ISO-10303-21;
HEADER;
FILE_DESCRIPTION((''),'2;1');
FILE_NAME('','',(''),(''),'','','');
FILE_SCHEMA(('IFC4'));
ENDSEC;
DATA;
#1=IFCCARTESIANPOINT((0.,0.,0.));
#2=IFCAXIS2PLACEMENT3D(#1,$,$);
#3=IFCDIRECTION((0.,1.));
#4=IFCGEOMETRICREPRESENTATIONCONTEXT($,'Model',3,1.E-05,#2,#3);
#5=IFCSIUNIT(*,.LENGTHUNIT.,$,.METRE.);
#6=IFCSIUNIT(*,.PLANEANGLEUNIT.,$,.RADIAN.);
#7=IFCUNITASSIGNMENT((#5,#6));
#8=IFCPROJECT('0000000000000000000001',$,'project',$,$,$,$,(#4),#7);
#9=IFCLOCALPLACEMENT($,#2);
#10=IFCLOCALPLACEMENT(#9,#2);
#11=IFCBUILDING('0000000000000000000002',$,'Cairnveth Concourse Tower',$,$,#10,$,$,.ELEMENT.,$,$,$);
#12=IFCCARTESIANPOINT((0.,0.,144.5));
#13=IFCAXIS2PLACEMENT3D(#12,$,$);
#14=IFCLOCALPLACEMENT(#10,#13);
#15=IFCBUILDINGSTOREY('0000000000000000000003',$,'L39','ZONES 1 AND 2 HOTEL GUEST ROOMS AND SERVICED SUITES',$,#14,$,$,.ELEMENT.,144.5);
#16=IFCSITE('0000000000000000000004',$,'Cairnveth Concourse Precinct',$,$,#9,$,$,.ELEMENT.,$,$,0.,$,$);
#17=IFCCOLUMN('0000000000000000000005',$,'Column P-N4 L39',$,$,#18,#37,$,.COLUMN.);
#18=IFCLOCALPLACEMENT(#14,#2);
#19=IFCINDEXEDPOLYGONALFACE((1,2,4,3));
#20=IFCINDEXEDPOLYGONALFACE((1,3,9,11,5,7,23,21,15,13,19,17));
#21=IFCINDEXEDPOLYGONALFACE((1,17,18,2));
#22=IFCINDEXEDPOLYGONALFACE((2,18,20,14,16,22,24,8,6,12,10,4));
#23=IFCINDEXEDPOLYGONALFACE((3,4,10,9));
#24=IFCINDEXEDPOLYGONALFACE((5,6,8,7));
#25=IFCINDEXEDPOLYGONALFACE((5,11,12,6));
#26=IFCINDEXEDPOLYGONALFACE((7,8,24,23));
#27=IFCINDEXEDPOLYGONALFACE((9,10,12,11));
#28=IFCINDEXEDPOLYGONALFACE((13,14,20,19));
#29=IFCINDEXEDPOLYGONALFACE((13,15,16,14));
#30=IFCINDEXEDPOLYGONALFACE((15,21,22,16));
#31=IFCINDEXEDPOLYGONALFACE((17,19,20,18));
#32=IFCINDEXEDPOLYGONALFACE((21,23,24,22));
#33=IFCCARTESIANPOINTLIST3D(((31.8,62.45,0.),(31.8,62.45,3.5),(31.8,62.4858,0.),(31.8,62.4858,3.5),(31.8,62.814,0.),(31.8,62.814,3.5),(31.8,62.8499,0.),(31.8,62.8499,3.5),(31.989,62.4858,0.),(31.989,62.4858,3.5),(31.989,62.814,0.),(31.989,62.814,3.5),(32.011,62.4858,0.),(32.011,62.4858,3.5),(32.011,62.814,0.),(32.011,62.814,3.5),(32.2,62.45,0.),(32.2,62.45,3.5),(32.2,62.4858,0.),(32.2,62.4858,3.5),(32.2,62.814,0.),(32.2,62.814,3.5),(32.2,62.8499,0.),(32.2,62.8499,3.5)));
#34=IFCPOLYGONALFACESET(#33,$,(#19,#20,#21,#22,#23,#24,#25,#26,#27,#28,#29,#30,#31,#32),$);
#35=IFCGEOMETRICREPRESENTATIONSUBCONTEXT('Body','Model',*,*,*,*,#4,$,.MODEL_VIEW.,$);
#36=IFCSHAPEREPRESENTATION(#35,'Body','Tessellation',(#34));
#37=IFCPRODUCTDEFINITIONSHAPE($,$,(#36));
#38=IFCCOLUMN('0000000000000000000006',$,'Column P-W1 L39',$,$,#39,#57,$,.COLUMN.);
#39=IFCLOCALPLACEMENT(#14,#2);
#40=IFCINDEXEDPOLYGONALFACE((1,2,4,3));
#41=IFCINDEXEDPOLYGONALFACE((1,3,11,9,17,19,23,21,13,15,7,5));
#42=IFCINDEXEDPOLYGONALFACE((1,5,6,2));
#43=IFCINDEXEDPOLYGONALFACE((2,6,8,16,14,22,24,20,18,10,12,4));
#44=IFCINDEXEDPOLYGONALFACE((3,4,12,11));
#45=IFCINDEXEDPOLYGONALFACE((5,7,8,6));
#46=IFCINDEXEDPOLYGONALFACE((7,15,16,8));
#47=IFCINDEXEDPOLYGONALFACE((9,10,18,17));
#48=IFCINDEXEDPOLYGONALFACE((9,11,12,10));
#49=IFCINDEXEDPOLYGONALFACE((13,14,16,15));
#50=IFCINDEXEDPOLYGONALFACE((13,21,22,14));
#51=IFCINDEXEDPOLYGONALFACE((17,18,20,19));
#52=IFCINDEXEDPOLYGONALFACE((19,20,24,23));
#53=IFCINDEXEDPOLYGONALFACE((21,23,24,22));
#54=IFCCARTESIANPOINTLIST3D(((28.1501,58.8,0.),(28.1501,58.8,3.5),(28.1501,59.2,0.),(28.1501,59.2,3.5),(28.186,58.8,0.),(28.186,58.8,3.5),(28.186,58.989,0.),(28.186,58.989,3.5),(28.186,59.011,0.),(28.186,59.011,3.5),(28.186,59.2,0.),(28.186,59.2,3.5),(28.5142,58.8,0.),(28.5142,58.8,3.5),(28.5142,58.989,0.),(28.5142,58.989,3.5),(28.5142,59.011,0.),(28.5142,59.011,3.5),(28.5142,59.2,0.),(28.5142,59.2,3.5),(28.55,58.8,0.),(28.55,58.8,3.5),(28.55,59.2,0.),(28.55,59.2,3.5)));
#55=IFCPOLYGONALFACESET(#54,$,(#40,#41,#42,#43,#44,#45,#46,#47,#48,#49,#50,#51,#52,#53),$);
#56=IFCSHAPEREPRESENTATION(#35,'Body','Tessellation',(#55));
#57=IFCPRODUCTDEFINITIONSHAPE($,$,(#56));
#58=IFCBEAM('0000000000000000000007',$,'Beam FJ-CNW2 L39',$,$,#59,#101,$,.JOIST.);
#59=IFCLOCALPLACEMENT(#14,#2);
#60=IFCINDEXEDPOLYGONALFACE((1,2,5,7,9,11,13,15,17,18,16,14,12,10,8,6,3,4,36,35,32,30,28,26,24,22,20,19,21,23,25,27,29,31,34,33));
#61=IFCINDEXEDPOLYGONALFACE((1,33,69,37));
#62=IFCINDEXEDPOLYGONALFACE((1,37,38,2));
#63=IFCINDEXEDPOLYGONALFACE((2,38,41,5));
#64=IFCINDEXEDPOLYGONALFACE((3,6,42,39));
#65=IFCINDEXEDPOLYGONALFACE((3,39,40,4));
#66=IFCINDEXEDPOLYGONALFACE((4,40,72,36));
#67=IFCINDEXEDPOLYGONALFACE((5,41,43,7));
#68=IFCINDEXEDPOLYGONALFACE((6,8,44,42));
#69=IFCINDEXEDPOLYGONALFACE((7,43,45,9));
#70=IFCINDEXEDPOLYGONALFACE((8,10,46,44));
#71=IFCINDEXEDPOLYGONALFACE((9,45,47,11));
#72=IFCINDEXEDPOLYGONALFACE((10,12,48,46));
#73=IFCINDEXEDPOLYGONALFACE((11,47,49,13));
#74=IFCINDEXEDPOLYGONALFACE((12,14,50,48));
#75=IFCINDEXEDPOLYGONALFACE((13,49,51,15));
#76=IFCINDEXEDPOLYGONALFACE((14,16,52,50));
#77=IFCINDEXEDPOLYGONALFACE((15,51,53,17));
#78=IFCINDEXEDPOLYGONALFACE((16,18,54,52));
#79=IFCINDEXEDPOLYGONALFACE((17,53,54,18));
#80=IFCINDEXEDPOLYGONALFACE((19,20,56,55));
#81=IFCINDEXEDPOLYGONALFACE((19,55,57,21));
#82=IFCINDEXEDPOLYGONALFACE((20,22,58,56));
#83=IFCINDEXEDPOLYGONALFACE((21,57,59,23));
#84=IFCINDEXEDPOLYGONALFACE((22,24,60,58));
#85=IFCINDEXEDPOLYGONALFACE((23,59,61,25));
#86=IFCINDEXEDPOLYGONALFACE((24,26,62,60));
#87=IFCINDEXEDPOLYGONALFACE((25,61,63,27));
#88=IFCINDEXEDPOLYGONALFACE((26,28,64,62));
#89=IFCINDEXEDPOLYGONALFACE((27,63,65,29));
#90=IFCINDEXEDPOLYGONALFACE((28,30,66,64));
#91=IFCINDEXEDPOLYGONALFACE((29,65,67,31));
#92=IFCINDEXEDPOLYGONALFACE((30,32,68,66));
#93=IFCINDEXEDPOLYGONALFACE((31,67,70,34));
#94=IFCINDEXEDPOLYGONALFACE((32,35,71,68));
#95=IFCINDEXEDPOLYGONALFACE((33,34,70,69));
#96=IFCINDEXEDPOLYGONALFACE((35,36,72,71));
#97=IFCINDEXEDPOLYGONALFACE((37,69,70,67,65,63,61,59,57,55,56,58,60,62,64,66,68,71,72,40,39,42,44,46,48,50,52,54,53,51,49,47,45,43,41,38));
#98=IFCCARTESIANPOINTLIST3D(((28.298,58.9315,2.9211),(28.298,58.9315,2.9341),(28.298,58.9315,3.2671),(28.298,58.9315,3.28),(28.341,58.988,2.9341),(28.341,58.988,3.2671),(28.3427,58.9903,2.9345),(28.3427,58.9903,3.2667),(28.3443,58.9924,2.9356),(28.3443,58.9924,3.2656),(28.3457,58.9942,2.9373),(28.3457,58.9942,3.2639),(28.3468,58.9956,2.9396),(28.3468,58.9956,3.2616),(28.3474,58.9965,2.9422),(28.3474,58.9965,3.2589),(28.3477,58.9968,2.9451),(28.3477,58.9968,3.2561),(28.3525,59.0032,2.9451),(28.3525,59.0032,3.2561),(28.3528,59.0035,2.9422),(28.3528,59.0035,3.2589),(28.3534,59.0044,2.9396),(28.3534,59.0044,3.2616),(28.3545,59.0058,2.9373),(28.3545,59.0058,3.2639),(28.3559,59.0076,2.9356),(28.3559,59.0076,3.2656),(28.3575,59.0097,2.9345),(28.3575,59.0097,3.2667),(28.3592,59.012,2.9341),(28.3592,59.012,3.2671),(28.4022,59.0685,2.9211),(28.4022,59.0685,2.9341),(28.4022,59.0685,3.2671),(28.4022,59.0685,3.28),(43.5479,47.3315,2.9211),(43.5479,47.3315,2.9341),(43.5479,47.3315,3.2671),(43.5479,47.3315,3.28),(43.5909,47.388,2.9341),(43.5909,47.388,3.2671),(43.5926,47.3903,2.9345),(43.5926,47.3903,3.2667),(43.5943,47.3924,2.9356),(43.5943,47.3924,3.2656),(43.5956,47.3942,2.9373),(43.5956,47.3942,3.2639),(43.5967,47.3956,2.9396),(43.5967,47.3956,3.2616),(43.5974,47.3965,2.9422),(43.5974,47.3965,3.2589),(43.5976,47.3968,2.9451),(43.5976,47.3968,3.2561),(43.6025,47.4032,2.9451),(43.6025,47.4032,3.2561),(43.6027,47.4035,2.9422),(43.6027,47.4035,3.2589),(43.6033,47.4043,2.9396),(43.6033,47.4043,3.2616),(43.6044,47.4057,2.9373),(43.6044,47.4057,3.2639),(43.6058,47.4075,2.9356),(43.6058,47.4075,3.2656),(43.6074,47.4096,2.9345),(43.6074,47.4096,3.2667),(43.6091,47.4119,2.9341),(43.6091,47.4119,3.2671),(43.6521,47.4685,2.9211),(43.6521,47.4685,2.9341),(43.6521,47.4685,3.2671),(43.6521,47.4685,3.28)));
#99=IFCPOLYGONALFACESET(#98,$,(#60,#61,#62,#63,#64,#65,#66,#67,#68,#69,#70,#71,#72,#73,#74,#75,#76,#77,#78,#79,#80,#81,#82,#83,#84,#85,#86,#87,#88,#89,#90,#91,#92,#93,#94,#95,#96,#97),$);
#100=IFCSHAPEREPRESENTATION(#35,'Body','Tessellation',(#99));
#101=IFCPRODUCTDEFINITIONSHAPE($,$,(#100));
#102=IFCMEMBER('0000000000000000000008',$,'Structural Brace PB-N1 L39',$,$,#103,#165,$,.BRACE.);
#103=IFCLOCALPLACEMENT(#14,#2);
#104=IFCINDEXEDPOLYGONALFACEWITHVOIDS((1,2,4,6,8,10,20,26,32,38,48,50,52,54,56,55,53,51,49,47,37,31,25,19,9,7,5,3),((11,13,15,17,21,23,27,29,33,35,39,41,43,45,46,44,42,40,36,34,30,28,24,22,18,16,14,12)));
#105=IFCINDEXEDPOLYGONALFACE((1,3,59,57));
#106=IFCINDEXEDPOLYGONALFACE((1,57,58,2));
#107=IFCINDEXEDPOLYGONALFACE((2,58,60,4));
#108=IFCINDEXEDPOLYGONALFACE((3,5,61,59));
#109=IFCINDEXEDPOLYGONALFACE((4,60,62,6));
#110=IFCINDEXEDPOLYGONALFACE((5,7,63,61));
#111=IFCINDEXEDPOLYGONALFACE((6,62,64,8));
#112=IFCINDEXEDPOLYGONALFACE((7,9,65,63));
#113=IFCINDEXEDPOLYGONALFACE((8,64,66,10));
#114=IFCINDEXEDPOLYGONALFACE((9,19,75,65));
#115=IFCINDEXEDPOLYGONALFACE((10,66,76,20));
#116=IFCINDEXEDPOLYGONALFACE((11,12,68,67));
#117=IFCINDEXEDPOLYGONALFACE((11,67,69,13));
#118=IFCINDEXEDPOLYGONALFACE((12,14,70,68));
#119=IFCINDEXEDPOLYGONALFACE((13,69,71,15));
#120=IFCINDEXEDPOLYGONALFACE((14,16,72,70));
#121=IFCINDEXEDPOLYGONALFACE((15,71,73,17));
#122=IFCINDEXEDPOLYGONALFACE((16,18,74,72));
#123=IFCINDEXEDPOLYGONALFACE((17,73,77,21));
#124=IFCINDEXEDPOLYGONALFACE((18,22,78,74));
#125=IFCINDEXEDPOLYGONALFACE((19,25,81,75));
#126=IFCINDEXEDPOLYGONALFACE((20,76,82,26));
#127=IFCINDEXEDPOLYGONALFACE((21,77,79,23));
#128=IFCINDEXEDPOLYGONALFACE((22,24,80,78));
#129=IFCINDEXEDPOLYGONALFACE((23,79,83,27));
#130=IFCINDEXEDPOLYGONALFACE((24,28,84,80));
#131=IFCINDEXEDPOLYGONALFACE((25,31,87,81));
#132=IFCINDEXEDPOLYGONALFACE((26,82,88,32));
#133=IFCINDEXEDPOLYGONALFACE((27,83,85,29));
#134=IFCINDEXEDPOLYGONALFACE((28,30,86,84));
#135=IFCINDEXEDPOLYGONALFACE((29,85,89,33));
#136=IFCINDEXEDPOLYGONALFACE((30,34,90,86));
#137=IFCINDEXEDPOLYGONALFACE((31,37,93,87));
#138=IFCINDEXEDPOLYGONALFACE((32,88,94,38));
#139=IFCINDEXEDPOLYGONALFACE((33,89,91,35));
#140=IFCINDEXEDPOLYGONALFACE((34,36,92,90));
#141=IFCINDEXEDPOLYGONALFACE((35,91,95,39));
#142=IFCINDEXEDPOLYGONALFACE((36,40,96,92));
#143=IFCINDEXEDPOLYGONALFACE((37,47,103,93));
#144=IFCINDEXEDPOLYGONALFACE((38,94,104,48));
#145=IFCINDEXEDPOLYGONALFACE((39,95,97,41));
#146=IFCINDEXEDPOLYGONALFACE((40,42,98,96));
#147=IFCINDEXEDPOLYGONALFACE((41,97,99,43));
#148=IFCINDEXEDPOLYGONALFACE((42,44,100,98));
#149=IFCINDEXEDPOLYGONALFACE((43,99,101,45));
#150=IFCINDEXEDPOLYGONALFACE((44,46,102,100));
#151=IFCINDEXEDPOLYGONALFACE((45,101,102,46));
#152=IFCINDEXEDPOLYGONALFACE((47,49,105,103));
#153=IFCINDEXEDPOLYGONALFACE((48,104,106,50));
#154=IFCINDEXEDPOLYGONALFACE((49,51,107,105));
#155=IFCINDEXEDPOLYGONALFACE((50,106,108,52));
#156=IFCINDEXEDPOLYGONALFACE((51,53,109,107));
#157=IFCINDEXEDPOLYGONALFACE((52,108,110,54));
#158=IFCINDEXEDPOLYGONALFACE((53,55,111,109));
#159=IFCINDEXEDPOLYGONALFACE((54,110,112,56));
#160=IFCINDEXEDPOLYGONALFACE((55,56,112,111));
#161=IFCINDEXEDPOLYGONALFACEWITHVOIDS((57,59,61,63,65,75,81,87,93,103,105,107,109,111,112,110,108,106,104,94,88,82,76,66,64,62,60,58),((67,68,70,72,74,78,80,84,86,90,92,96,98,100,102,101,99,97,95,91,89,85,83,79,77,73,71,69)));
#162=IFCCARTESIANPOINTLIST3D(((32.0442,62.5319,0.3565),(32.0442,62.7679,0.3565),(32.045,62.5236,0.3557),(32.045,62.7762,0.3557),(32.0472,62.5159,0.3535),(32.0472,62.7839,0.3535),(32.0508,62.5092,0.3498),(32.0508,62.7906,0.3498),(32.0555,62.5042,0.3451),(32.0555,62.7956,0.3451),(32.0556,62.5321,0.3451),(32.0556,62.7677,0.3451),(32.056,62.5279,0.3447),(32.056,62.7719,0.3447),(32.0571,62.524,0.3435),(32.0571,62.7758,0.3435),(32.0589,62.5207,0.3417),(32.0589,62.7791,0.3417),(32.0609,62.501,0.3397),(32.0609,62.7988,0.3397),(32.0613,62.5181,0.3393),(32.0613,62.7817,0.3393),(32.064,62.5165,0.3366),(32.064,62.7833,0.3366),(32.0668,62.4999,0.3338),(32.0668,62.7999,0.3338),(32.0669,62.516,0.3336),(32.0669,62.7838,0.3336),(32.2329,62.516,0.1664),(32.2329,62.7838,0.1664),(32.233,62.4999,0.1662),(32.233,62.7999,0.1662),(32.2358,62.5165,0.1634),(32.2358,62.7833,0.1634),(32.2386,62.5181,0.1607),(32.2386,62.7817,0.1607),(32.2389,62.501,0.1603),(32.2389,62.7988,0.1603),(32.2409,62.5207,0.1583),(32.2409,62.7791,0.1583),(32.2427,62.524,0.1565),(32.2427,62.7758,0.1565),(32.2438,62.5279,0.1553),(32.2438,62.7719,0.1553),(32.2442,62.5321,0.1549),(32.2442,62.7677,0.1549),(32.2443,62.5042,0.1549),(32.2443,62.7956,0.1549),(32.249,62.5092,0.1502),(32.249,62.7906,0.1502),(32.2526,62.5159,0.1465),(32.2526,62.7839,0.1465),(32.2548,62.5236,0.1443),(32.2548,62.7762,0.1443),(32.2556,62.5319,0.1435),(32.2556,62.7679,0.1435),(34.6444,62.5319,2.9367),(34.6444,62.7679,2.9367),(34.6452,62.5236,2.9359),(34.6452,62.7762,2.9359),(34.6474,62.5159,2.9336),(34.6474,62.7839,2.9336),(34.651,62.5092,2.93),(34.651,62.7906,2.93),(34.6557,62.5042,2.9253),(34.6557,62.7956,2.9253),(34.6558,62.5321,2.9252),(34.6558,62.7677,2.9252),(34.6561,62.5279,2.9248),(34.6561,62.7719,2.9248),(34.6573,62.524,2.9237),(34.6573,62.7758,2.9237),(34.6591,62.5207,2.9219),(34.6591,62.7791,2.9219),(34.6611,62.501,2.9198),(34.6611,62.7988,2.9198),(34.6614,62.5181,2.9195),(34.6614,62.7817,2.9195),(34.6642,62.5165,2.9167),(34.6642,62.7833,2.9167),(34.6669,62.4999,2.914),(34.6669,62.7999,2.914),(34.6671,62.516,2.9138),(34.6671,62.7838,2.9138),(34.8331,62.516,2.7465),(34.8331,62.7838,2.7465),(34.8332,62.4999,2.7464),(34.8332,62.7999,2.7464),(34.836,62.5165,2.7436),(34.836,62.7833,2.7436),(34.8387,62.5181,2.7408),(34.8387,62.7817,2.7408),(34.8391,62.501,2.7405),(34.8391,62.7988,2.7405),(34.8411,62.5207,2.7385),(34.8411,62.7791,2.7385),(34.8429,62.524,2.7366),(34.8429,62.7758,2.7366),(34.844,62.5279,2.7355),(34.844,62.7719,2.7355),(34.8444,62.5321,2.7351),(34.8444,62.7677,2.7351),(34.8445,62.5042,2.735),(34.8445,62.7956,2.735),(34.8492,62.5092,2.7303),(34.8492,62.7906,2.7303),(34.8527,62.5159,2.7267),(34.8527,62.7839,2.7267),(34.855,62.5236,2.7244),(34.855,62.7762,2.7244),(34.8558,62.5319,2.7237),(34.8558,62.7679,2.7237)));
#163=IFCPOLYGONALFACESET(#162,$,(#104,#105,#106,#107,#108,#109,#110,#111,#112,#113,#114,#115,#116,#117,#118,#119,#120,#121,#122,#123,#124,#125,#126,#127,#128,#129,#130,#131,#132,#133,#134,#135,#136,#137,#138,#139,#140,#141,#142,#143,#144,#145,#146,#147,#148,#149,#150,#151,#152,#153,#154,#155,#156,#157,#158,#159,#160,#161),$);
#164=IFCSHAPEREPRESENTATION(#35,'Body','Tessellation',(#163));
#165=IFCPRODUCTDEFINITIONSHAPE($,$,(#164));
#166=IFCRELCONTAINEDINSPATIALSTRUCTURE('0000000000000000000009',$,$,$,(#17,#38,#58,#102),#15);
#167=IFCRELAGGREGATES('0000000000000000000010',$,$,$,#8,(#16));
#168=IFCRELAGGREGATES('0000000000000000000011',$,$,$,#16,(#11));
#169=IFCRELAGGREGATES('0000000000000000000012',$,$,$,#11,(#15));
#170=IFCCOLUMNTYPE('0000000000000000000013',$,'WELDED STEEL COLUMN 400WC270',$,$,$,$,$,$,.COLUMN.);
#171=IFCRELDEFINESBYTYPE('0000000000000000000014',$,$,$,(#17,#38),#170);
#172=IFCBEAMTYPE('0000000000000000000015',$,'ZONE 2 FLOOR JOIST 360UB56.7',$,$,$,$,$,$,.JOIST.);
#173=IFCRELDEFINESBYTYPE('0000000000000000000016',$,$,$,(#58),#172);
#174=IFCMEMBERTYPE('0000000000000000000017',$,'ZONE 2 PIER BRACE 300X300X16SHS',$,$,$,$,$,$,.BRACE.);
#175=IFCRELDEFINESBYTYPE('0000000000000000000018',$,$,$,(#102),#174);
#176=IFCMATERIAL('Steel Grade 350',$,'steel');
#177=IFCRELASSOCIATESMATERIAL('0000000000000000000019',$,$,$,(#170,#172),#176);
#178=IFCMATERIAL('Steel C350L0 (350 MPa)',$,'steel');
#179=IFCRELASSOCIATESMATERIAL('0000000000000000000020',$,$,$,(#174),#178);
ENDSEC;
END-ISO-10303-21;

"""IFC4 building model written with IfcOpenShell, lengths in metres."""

from ifc_helpers import new_model, si_unit, direction, frame, origin, origin_2d, place, context, subcontext, project, spatial, hollow_rectangle, i_section, extrude, material, material_profile, profile_set, type_object, element, save


model = new_model("IFC4")

# Units and contexts
model_context = context("Model", 3, precision=1e-05, world=origin(), true_north=direction((0.0, 1.0)))
body_context = subcontext(model_context, "Body", "Model", "MODEL_VIEW")
ifc_project = project(units=[si_unit("LENGTHUNIT", "METRE"), si_unit("PLANEANGLEUNIT", "RADIAN")], contexts=[model_context])

# Site, building, storey
site_placement = place(None, origin())
site = spatial("IfcSite", under=ifc_project, at=site_placement, Name="Cairnveth Concourse Precinct", CompositionType="ELEMENT", RefElevation=0.0)
building_placement = place(site_placement, origin())
building = spatial("IfcBuilding", under=site, at=building_placement, Name="Cairnveth Concourse Tower", CompositionType="ELEMENT")
storey_placement = place(building_placement, frame((0.0, 0.0, 144.5)))
storey = spatial("IfcBuildingStorey", under=building, at=storey_placement, Name="L39", Description="ZONES 1 AND 2 HOTEL GUEST ROOMS AND SERVICED SUITES", CompositionType="ELEMENT", Elevation=144.5)

# Columns
ifc_material_1 = material(Name="Steel Grade 350", Category="steel")
ifc_material_profile_1 = material_profile(ifc_material_1, i_section(OverallWidth=0.3999, OverallDepth=0.3999, WebThickness=0.022, FlangeThickness=0.0359, at=origin_2d()), Name="400WC270")
ifc_profile_set_1 = profile_set([ifc_material_profile_1], Name="Steel Grade 350")
column_type = type_object("IfcColumnType", Name="WELDED STEEL COLUMN 400WC270", PredefinedType="COLUMN", material=ifc_profile_set_1)
for number, where, z_axis, x_axis, name in (
    (1, (32.0, 62.6499, 0.0), (0.0, 0.0, 1.0), (1.0, 0.0, 0.0), "Column P-N4 L39"),
    (2, (28.3501, 59.0, 0.0), (0.0, 0.0, 1.0), (0.0, 1.0, 0.0), "Column P-W1 L39"),
):
    element("IfcColumn", number, at=place(storey_placement, frame(where, z_axis=z_axis, x_axis=x_axis)), inside=storey, type_object=column_type, Name=name, PredefinedType="COLUMN", context=body_context, shape_type="SweptSolid", body=[
        extrude(i_section(OverallWidth=0.3999, OverallDepth=0.3999, WebThickness=0.022, FlangeThickness=0.0359, at=origin_2d()), origin(), (0.0, 0.0, 1.0), 3.5),
    ])

# Beam
ifc_material_profile_2 = material_profile(ifc_material_1, i_section(OverallWidth=0.1721, OverallDepth=0.3589, WebThickness=0.0081, FlangeThickness=0.0129, FilletRadius=0.011, at=origin_2d()), Name="360UB56.7")
ifc_profile_set_2 = profile_set([ifc_material_profile_2], Name="Steel Grade 350")
beam_type_1 = type_object("IfcBeamType", Name="ZONE 2 FLOOR JOIST 360UB56.7", PredefinedType="JOIST", material=ifc_profile_set_2)
beam_1_placement = place(storey_placement, frame((28.3501, 59.0, 3.1006), z_axis=(0.795908, -0.605417, 0.0), x_axis=(0.605417, 0.795908, 0.0)))
element("IfcBeam", 3, at=beam_1_placement, inside=storey, type_object=beam_type_1, Name="Beam FJ-CNW2 L39", PredefinedType="JOIST", context=body_context, shape_type="SweptSolid", body=[
    extrude(i_section(OverallWidth=0.1721, OverallDepth=0.3589, WebThickness=0.0081, FlangeThickness=0.0129, FilletRadius=0.011, at=origin_2d()), origin(), (0.0, 0.0, 1.0), 19.1604),
])

# Member
ifc_material_2 = material(Name="Steel C350L0 (350 MPa)", Category="steel")
ifc_material_profile_3 = material_profile(ifc_material_2, hollow_rectangle(XDim=0.3, YDim=0.3, WallThickness=0.0161, InnerFilletRadius=0.0161, OuterFilletRadius=0.032, at=origin_2d()), Name="300x300x16.0SHS")
ifc_profile_set_3 = profile_set([ifc_material_profile_3], Name="Steel C350L0 (350 MPa)")
member_type = type_object("IfcMemberType", Name="ZONE 2 PIER BRACE 300X300X16SHS", PredefinedType="BRACE", material=ifc_profile_set_3)
for number, where, z_axis, x_axis, name in (
    (4, (32.1499, 62.6499, 0.25), (0.709834, 0.0, 0.704369), (0.0, 1.0, 0.0), "Structural Brace PB-N1 L39"),
):
    element("IfcMember", number, at=place(storey_placement, frame(where, z_axis=z_axis, x_axis=x_axis)), inside=storey, type_object=member_type, Name=name, PredefinedType="BRACE", context=body_context, shape_type="SweptSolid", body=[
        extrude(hollow_rectangle(XDim=0.3, YDim=0.3, WallThickness=0.0161, InnerFilletRadius=0.0161, OuterFilletRadius=0.032, at=origin_2d()), origin(), (0.0, 0.0, 1.0), 3.6631),
    ])

save(model, "model.ifc")
